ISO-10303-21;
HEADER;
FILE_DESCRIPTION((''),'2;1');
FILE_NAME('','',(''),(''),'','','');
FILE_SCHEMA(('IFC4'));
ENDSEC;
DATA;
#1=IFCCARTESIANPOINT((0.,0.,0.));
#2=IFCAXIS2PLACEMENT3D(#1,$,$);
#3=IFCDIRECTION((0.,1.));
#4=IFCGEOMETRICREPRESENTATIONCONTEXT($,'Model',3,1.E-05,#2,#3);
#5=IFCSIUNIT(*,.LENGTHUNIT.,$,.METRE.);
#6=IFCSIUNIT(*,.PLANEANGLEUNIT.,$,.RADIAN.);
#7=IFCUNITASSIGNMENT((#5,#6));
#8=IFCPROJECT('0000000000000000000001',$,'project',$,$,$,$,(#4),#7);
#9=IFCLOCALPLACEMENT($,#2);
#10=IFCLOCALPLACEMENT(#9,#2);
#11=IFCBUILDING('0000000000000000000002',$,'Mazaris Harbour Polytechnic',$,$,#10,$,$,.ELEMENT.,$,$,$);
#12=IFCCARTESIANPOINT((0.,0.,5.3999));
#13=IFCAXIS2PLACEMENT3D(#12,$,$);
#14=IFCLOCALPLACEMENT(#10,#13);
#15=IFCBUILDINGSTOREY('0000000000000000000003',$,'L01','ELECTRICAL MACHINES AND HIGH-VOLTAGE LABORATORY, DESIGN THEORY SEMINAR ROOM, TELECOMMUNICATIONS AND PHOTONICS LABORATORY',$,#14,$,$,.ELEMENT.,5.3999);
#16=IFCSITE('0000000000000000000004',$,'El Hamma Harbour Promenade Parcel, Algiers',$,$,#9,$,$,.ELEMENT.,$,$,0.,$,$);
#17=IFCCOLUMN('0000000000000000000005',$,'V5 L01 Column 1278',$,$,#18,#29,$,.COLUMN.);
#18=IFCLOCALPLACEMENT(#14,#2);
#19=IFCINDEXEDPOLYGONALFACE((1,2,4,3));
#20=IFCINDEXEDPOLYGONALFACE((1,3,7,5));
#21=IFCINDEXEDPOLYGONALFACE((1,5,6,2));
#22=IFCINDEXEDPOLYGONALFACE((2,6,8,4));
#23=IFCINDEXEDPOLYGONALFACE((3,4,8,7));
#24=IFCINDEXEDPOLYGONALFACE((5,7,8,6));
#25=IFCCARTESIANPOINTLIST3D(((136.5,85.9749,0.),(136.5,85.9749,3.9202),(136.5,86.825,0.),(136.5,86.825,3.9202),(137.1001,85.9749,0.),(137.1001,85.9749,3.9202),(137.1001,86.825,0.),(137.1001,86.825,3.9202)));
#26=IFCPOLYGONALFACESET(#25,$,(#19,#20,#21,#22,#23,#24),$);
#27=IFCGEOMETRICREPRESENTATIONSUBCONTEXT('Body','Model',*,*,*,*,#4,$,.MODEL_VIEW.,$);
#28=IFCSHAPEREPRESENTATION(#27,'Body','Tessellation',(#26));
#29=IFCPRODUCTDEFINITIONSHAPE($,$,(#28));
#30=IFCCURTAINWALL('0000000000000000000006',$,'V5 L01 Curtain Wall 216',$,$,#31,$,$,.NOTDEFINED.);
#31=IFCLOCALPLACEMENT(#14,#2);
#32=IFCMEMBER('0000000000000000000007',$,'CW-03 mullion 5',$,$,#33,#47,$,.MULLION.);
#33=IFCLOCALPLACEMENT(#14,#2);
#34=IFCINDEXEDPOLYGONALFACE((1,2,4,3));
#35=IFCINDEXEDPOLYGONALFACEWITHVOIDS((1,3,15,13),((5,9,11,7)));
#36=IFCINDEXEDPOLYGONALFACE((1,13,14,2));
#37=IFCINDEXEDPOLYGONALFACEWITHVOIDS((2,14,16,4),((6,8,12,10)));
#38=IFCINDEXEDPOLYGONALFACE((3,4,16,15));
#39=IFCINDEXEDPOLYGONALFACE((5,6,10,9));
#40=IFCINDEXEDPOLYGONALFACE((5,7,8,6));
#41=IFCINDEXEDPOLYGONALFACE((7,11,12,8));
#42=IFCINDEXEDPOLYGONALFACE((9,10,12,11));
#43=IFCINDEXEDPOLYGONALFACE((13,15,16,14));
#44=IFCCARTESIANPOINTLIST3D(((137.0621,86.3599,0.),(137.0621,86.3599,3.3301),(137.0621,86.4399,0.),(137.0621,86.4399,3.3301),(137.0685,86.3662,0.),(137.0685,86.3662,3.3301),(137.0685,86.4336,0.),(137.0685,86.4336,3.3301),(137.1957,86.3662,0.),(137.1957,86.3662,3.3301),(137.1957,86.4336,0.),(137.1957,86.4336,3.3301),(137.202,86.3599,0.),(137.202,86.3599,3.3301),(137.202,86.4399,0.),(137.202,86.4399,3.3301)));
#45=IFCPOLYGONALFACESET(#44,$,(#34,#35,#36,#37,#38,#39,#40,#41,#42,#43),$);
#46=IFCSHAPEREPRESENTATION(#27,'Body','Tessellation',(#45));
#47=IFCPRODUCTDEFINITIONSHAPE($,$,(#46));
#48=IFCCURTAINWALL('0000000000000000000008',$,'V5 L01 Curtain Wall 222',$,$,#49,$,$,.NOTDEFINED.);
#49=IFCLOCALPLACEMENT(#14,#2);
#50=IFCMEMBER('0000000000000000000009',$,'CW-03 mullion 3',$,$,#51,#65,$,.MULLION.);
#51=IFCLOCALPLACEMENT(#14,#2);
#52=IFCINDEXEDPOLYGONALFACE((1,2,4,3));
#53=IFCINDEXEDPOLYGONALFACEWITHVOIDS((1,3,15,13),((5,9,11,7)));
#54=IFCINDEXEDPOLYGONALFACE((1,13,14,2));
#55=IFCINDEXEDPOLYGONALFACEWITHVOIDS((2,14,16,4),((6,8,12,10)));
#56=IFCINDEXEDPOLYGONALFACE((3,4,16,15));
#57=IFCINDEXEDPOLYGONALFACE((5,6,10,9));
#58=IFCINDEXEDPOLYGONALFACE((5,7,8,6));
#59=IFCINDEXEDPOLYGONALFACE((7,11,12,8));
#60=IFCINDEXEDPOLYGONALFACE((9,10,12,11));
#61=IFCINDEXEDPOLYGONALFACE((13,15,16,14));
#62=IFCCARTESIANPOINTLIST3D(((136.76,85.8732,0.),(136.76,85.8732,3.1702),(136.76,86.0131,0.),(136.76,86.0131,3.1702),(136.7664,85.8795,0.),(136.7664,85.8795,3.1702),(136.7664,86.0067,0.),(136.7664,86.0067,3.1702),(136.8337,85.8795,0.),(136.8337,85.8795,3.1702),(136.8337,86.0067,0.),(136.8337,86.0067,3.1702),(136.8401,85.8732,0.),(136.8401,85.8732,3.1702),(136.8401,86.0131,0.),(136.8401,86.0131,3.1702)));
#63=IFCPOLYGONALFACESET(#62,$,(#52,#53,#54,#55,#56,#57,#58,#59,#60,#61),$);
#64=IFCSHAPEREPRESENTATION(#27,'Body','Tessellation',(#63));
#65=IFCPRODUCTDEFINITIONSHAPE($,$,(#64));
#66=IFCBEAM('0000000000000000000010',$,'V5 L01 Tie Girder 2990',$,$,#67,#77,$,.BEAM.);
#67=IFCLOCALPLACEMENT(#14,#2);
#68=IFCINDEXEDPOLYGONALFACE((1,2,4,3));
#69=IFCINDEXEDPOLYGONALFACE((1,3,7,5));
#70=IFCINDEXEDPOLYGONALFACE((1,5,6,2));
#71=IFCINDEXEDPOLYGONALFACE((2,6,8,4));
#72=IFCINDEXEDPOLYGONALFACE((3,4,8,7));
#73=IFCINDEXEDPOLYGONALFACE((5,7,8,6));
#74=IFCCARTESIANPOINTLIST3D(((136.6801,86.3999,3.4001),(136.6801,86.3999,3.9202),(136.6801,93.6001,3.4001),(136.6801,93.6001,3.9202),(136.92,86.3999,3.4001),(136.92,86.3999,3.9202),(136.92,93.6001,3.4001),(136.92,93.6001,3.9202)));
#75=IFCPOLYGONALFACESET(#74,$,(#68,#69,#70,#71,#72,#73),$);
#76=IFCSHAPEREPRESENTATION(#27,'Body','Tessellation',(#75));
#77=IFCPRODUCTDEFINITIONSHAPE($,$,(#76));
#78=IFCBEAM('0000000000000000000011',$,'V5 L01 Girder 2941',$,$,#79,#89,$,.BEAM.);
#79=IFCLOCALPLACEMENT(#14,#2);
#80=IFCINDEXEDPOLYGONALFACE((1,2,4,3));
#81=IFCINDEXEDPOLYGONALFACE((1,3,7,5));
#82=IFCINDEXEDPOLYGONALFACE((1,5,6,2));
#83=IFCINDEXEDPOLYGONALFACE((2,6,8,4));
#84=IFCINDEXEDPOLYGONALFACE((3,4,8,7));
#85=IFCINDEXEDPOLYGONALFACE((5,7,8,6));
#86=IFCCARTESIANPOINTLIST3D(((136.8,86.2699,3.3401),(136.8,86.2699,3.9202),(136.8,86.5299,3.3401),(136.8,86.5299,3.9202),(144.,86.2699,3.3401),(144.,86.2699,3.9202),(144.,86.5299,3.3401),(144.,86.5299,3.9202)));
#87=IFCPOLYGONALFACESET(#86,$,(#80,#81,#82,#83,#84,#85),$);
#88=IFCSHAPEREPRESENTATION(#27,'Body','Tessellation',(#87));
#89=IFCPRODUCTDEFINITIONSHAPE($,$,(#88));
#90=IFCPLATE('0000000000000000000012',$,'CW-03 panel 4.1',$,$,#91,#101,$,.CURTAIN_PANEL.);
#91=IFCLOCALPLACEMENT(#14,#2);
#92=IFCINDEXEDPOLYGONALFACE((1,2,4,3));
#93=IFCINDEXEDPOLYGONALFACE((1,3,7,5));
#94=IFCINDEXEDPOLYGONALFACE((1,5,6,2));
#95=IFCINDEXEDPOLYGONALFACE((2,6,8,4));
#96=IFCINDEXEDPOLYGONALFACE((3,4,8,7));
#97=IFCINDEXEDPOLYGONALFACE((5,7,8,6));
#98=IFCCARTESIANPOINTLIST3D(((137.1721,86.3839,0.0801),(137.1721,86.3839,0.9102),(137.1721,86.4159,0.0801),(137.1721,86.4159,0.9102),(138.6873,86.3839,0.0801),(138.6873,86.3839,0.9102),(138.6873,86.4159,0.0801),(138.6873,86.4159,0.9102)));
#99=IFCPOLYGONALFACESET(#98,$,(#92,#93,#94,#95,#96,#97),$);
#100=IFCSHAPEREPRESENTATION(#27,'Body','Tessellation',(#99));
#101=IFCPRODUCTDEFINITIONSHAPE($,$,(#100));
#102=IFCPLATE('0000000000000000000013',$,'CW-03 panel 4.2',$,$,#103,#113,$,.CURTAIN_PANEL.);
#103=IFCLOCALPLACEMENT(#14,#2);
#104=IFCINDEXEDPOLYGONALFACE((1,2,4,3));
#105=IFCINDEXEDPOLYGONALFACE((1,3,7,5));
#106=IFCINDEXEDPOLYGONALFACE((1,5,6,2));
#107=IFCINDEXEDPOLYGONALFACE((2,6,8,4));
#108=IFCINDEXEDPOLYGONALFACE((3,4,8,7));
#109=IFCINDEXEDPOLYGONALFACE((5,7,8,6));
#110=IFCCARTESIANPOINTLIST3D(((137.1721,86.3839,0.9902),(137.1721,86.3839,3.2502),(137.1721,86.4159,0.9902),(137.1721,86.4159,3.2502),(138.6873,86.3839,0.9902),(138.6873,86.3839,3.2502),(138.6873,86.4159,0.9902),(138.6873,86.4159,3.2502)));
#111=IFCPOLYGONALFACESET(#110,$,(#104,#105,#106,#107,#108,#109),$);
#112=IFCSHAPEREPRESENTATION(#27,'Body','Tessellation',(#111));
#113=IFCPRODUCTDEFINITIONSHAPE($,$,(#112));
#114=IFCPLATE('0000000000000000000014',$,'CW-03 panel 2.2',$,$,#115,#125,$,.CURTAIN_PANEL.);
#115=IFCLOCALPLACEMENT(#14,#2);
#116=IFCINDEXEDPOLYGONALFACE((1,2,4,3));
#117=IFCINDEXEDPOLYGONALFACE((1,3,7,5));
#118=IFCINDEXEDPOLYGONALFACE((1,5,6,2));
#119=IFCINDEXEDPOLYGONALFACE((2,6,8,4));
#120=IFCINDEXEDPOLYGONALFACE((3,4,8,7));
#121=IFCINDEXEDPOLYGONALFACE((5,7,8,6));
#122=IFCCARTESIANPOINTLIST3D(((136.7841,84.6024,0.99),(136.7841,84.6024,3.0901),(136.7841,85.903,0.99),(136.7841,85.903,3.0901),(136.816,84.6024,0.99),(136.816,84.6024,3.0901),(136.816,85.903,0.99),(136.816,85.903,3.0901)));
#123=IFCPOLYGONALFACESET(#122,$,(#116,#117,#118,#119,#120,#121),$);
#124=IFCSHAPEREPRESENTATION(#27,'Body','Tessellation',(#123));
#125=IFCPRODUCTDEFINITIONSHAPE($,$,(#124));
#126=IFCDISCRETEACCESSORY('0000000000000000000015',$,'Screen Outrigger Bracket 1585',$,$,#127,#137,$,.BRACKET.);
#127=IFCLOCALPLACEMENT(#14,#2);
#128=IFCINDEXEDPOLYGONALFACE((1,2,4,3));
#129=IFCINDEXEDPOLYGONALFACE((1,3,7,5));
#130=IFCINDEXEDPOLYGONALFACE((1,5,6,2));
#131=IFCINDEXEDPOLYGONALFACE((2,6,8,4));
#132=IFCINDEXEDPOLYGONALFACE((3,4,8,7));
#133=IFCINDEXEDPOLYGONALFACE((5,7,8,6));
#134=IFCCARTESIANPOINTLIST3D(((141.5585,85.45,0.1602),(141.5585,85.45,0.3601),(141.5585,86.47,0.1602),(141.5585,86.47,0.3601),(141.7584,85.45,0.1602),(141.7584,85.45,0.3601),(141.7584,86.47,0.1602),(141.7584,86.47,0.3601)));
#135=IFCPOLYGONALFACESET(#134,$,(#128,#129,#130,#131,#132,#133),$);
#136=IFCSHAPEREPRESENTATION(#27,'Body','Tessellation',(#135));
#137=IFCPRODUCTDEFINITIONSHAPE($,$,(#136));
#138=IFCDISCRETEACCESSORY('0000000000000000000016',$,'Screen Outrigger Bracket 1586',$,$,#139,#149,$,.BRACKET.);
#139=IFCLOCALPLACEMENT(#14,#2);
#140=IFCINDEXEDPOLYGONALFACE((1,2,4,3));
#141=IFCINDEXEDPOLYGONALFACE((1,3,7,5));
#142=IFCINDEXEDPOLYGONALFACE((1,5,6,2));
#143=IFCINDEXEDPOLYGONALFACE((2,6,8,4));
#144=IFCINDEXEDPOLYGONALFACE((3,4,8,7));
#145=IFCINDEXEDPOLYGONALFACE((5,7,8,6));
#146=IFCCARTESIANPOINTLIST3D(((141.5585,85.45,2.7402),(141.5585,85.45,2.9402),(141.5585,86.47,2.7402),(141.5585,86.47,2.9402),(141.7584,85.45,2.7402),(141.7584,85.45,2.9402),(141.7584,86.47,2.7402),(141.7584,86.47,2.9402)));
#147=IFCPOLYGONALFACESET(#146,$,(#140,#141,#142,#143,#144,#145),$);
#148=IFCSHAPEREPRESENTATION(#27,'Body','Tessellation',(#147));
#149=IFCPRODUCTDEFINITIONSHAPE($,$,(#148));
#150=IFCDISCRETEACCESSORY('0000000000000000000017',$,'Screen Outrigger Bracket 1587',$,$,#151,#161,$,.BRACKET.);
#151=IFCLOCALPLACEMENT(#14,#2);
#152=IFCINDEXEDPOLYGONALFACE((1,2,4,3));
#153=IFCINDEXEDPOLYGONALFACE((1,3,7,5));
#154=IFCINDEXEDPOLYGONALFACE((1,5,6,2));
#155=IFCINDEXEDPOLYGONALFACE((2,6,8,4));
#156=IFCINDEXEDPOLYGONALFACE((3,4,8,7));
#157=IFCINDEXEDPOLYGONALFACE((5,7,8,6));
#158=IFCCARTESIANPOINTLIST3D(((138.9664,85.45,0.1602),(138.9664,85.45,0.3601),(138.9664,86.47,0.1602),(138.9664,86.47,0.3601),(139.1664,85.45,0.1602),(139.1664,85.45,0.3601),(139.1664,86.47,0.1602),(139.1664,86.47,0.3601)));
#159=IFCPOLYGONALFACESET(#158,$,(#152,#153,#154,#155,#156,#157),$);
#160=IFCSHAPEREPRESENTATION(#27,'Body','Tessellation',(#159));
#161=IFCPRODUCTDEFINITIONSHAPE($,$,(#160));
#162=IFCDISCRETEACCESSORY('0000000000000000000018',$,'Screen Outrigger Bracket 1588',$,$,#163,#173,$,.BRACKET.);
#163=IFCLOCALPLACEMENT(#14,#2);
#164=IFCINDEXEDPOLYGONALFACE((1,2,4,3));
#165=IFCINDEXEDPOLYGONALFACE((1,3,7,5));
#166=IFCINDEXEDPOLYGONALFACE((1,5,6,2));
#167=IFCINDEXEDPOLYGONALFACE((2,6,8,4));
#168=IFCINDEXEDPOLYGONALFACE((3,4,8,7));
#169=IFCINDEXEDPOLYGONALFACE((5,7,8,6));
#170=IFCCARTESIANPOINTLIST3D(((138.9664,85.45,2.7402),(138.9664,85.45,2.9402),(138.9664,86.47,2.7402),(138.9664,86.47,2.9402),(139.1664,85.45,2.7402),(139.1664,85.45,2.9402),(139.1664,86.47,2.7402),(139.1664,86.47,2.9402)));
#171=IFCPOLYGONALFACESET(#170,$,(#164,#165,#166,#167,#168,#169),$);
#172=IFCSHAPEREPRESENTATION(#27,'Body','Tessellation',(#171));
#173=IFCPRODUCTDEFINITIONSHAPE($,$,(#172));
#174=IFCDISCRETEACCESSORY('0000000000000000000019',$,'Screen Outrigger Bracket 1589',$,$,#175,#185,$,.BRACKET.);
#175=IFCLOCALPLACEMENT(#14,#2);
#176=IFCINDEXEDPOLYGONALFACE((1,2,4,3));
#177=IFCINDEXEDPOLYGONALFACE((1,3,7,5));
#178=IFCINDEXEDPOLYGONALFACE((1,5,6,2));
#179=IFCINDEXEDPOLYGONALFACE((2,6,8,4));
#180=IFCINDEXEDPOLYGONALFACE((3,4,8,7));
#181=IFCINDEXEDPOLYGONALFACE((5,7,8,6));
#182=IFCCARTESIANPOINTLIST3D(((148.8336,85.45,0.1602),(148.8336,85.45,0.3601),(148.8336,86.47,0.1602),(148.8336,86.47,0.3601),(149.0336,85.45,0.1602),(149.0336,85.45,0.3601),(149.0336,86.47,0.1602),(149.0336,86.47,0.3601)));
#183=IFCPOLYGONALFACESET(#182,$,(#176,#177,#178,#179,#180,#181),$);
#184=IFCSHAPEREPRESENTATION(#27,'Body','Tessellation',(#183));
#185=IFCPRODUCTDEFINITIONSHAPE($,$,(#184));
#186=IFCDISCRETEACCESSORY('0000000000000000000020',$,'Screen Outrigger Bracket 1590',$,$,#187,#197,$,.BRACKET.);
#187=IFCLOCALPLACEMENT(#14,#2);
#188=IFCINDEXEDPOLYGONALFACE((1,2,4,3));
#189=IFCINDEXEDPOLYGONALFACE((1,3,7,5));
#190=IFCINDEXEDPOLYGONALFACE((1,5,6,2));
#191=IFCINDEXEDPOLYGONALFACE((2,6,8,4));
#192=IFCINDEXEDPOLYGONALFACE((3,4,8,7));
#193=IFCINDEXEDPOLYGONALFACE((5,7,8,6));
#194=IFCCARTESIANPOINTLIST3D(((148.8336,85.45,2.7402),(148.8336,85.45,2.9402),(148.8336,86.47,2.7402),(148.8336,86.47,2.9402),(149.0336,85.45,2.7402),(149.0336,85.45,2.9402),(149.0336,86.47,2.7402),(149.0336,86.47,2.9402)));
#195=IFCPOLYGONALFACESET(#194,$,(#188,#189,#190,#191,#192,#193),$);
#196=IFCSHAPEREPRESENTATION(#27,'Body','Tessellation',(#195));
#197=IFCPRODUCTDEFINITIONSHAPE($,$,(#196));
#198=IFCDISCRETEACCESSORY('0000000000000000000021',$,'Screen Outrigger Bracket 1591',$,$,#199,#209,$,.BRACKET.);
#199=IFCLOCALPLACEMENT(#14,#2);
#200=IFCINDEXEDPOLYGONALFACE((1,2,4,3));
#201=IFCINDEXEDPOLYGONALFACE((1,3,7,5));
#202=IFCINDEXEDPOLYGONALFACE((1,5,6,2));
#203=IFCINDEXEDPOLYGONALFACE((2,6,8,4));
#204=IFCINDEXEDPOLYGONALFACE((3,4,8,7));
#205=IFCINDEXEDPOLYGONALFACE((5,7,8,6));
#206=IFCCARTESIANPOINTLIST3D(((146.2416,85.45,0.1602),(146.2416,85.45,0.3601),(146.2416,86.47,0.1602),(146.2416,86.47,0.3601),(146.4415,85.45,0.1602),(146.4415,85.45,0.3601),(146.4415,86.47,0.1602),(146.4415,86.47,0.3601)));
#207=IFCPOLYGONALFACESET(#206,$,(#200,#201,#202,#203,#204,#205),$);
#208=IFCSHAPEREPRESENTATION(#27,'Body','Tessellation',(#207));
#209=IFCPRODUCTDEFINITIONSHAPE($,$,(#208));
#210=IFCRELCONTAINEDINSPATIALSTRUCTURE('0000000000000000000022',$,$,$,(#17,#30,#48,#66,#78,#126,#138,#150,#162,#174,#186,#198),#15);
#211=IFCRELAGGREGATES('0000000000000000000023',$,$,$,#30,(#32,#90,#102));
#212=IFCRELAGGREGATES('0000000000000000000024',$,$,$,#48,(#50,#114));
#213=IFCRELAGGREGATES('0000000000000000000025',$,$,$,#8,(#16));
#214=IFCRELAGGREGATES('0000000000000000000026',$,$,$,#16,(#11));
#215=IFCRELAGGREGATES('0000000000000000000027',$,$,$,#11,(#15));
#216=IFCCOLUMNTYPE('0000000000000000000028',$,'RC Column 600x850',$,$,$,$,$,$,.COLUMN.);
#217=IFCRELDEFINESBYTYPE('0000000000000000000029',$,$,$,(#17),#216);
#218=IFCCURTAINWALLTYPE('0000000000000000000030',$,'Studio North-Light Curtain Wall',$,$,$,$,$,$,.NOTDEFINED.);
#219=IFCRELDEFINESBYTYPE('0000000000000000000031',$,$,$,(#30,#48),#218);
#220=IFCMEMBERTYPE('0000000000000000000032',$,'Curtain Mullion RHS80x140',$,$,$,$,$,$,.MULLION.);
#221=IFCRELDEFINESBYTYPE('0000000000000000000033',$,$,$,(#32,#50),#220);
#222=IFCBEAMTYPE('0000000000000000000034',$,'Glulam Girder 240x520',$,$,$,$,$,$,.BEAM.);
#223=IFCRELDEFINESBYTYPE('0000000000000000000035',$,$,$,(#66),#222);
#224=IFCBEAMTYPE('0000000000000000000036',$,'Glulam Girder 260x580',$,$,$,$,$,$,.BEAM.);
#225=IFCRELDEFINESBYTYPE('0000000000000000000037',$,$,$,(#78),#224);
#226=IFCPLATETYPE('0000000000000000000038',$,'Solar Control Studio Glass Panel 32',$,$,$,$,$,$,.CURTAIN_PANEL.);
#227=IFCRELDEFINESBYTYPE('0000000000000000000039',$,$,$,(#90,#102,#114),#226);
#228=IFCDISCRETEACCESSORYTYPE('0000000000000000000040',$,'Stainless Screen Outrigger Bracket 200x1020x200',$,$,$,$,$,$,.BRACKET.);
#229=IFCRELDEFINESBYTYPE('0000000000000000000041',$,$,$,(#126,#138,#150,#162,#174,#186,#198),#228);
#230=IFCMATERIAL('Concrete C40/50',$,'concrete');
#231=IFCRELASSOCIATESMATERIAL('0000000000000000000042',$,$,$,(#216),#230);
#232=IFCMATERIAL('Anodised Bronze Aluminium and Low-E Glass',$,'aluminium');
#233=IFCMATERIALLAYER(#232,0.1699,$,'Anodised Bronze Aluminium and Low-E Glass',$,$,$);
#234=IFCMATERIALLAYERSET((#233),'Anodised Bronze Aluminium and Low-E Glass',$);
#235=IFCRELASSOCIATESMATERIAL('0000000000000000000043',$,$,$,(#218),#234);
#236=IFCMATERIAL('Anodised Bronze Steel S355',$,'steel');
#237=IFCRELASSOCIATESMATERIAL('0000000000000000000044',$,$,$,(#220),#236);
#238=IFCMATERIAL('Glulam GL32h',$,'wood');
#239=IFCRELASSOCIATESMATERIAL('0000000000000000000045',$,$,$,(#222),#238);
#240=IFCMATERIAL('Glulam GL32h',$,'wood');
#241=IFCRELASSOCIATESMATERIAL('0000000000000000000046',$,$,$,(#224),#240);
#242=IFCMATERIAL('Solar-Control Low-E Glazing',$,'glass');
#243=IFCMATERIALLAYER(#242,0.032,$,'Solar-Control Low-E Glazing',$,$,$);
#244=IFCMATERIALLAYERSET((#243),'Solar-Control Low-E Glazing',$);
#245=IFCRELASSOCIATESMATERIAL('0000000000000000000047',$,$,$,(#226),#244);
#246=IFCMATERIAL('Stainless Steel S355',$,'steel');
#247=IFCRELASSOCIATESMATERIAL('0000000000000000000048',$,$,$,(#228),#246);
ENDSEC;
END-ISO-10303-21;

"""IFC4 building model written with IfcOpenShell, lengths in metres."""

from ifc_helpers import new_model, si_unit, direction, frame, origin, origin_2d, place, context, subcontext, project, spatial, rectangle, hollow_rectangle, extrude, material, layer, layer_set, material_profile, profile_set, type_object, element, aggregate, save


model = new_model("IFC4")

# Units and contexts
model_context = context("Model", 3, precision=1e-05, world=origin(), true_north=direction((0.0, 1.0)))
body_context = subcontext(model_context, "Body", "Model", "MODEL_VIEW")
ifc_project = project(units=[si_unit("LENGTHUNIT", "METRE"), si_unit("PLANEANGLEUNIT", "RADIAN")], contexts=[model_context])

# Site, building, storey
site_placement = place(None, origin())
site = spatial("IfcSite", under=ifc_project, at=site_placement, Name="El Hamma Harbour Promenade Parcel, Algiers", CompositionType="ELEMENT", RefElevation=0.0)
building_placement = place(site_placement, origin())
building = spatial("IfcBuilding", under=site, at=building_placement, Name="Mazaris Harbour Polytechnic", CompositionType="ELEMENT")
storey_placement = place(building_placement, frame((0.0, 0.0, 5.3999)))
storey = spatial("IfcBuildingStorey", under=building, at=storey_placement, Name="L01", Description="ELECTRICAL MACHINES AND HIGH-VOLTAGE LABORATORY, DESIGN THEORY SEMINAR ROOM, TELECOMMUNICATIONS AND PHOTONICS LABORATORY", CompositionType="ELEMENT", Elevation=5.3999)

# Column
ifc_material_1 = material(Name="Concrete C40/50", Category="concrete")
ifc_material_profile_1 = material_profile(ifc_material_1, rectangle(XDim=0.6001, YDim=0.8501, at=origin_2d()), Name="RECT600x850")
ifc_profile_set_1 = profile_set([ifc_material_profile_1], Name="Concrete C40/50")
column_type = type_object("IfcColumnType", Name="RC Column 600x850", PredefinedType="COLUMN", material=ifc_profile_set_1)
column_placement = place(storey_placement, frame((136.8, 86.3999, 0.0), z_axis=(0.0, 0.0, 1.0), x_axis=(1.0, 0.0, 0.0)))
element("IfcColumn", 1, at=column_placement, inside=storey, type_object=column_type, Name="V5 L01 Column 1278", PredefinedType="COLUMN", context=body_context, shape_type="SweptSolid", body=[
    extrude(rectangle(XDim=0.6001, YDim=0.8501, at=origin_2d()), origin(), (0.0, 0.0, 1.0), 3.9202),
])

# Curtain walls, members
ifc_material_2 = material(Name="Anodised Bronze Aluminium and Low-E Glass", Category="aluminium")
ifc_layer_1 = layer(ifc_material_2, 0.1699, Name="Anodised Bronze Aluminium and Low-E Glass")
ifc_layer_set_1 = layer_set([ifc_layer_1], Name="Anodised Bronze Aluminium and Low-E Glass")
curtain_wall_type = type_object("IfcCurtainWallType", Name="Studio North-Light Curtain Wall", PredefinedType="NOTDEFINED", material=ifc_layer_set_1)
curtain_wall_1_placement = place(storey_placement, origin())
curtain_wall_1 = element("IfcCurtainWall", 2, at=curtain_wall_1_placement, inside=storey, type_object=curtain_wall_type, Name="V5 L01 Curtain Wall 216", PredefinedType="NOTDEFINED")
ifc_material_3 = material(Name="Anodised Bronze Steel S355", Category="steel")
ifc_material_profile_2 = material_profile(ifc_material_3, hollow_rectangle(XDim=0.0801, YDim=0.1399, WallThickness=0.0063, at=origin_2d()), Name="RHS 80x140x6.3")
ifc_profile_set_2 = profile_set([ifc_material_profile_2], Name="Anodised Bronze Steel S355")
member_type = type_object("IfcMemberType", Name="Curtain Mullion RHS80x140", PredefinedType="MULLION", material=ifc_profile_set_2)
member_1_placement = place(storey_placement, frame((137.1321, 86.3999, 0.0), z_axis=(0.0, 0.0, 1.0), x_axis=(0.0, -1.0, 0.0)))
member_1 = element("IfcMember", 3, at=member_1_placement, type_object=member_type, Name="CW-03 mullion 5", PredefinedType="MULLION", context=body_context, shape_type="SweptSolid", body=[
    extrude(hollow_rectangle(XDim=0.0801, YDim=0.1399, WallThickness=0.0063, at=origin_2d()), origin(), (0.0, 0.0, 1.0), 3.3301),
])
curtain_wall_2_placement = place(storey_placement, origin())
curtain_wall_2 = element("IfcCurtainWall", 4, at=curtain_wall_2_placement, inside=storey, type_object=curtain_wall_type, Name="V5 L01 Curtain Wall 222", PredefinedType="NOTDEFINED")
member_2_placement = place(storey_placement, frame((136.8, 85.9431, 0.0), z_axis=(0.0, 0.0, 1.0), x_axis=(-1.0, 0.0, 0.0)))
member_2 = element("IfcMember", 5, at=member_2_placement, type_object=member_type, Name="CW-03 mullion 3", PredefinedType="MULLION", context=body_context, shape_type="SweptSolid", body=[
    extrude(hollow_rectangle(XDim=0.0801, YDim=0.1399, WallThickness=0.0063, at=origin_2d()), origin(), (0.0, 0.0, 1.0), 3.1702),
])

# Beams
ifc_material_4 = material(Name="Glulam GL32h", Category="wood")
ifc_material_profile_3 = material_profile(ifc_material_4, rectangle(XDim=0.24, YDim=0.52, at=origin_2d()), Name="RECT240x520")
ifc_profile_set_3 = profile_set([ifc_material_profile_3], Name="Glulam GL32h")
beam_type_1 = type_object("IfcBeamType", Name="Glulam Girder 240x520", PredefinedType="BEAM", material=ifc_profile_set_3)
beam_1_placement = place(storey_placement, frame((136.8, 86.3999, 3.6602), z_axis=(0.0, 1.0, 0.0), x_axis=(-1.0, 0.0, 0.0)))
element("IfcBeam", 6, at=beam_1_placement, inside=storey, type_object=beam_type_1, Name="V5 L01 Tie Girder 2990", PredefinedType="BEAM", context=body_context, shape_type="SweptSolid", body=[
    extrude(rectangle(XDim=0.24, YDim=0.52, at=origin_2d()), origin(), (0.0, 0.0, 1.0), 7.2002),
])
ifc_material_5 = material(Name="Glulam GL32h", Category="wood")
ifc_material_profile_4 = material_profile(ifc_material_5, rectangle(XDim=0.26, YDim=0.5801, at=origin_2d()), Name="RECT260x580")
ifc_profile_set_4 = profile_set([ifc_material_profile_4], Name="Glulam GL32h")
beam_type_2 = type_object("IfcBeamType", Name="Glulam Girder 260x580", PredefinedType="BEAM", material=ifc_profile_set_4)
beam_2_placement = place(storey_placement, frame((136.8, 86.3999, 3.6301), z_axis=(1.0, 0.0, 0.0), x_axis=(0.0, 1.0, 0.0)))
element("IfcBeam", 7, at=beam_2_placement, inside=storey, type_object=beam_type_2, Name="V5 L01 Girder 2941", PredefinedType="BEAM", context=body_context, shape_type="SweptSolid", body=[
    extrude(rectangle(XDim=0.26, YDim=0.5801, at=origin_2d()), origin(), (0.0, 0.0, 1.0), 7.2),
])

# Plates
ifc_material_6 = material(Name="Solar-Control Low-E Glazing", Category="glass")
ifc_layer_2 = layer(ifc_material_6, 0.032, Name="Solar-Control Low-E Glazing")
ifc_layer_set_2 = layer_set([ifc_layer_2], Name="Solar-Control Low-E Glazing")
plate_type = type_object("IfcPlateType", Name="Solar Control Studio Glass Panel 32", PredefinedType="CURTAIN_PANEL", material=ifc_layer_set_2)
plate_1_placement = place(storey_placement, frame((137.9297, 86.3999, 0.0801), z_axis=(0.0, 0.0, 1.0), x_axis=(-1.0, 0.0, 0.0)))
plate_1 = element("IfcPlate", 8, at=plate_1_placement, type_object=plate_type, Name="CW-03 panel 4.1", PredefinedType="CURTAIN_PANEL", context=body_context, shape_type="SweptSolid", body=[
    extrude(rectangle(XDim=1.5151, YDim=0.032, at=origin_2d()), origin(), (0.0, 0.0, 1.0), 0.8301),
])
plate_2_placement = place(storey_placement, frame((137.9297, 86.3999, 0.9902), z_axis=(0.0, 0.0, 1.0), x_axis=(-1.0, 0.0, 0.0)))
plate_2 = element("IfcPlate", 9, at=plate_2_placement, type_object=plate_type, Name="CW-03 panel 4.2", PredefinedType="CURTAIN_PANEL", context=body_context, shape_type="SweptSolid", body=[
    extrude(rectangle(XDim=1.5151, YDim=0.032, at=origin_2d()), origin(), (0.0, 0.0, 1.0), 2.26),
])
aggregate(curtain_wall_1, [member_1, plate_1, plate_2])
plate_3_placement = place(storey_placement, frame((136.8, 85.2527, 0.99), z_axis=(0.0, 0.0, 1.0), x_axis=(0.0, 1.0, 0.0)))
plate_3 = element("IfcPlate", 10, at=plate_3_placement, type_object=plate_type, Name="CW-03 panel 2.2", PredefinedType="CURTAIN_PANEL", context=body_context, shape_type="SweptSolid", body=[
    extrude(rectangle(XDim=1.3005, YDim=0.032, at=origin_2d()), origin(), (0.0, 0.0, 1.0), 2.1001),
])
aggregate(curtain_wall_2, [member_2, plate_3])

# Discrete accessories
ifc_material_7 = material(Name="Stainless Steel S355", Category="steel")
discrete_accessory_type = type_object("IfcDiscreteAccessoryType", Name="Stainless Screen Outrigger Bracket 200x1020x200", PredefinedType="BRACKET", material=ifc_material_7)
for number, where, z_axis, x_axis, name in (
    (11, (141.6584, 85.96, 0.1602), (0.0, 0.0, 1.0), (-1.0, 0.0, 0.0), "Screen Outrigger Bracket 1585"),
    (12, (141.6584, 85.96, 2.7402), (0.0, 0.0, 1.0), (-1.0, 0.0, 0.0), "Screen Outrigger Bracket 1586"),
    (13, (139.0664, 85.96, 0.1602), (0.0, 0.0, 1.0), (-1.0, 0.0, 0.0), "Screen Outrigger Bracket 1587"),
    (14, (139.0664, 85.96, 2.7402), (0.0, 0.0, 1.0), (-1.0, 0.0, 0.0), "Screen Outrigger Bracket 1588"),
    (15, (148.9336, 85.96, 0.1602), (0.0, 0.0, 1.0), (-1.0, 0.0, 0.0), "Screen Outrigger Bracket 1589"),
    (16, (148.9336, 85.96, 2.7402), (0.0, 0.0, 1.0), (-1.0, 0.0, 0.0), "Screen Outrigger Bracket 1590"),
    (17, (146.3416, 85.96, 0.1602), (0.0, 0.0, 1.0), (-1.0, 0.0, 0.0), "Screen Outrigger Bracket 1591"),
):
    element("IfcDiscreteAccessory", number, at=place(storey_placement, frame(where, z_axis=z_axis, x_axis=x_axis)), inside=storey, type_object=discrete_accessory_type, Name=name, PredefinedType="BRACKET", context=body_context, shape_type="SweptSolid", body=[
        extrude(rectangle(XDim=0.2, YDim=1.02, at=origin_2d()), origin(), (0.0, 0.0, 1.0), 0.2),
    ])

save(model, "model.ifc")
